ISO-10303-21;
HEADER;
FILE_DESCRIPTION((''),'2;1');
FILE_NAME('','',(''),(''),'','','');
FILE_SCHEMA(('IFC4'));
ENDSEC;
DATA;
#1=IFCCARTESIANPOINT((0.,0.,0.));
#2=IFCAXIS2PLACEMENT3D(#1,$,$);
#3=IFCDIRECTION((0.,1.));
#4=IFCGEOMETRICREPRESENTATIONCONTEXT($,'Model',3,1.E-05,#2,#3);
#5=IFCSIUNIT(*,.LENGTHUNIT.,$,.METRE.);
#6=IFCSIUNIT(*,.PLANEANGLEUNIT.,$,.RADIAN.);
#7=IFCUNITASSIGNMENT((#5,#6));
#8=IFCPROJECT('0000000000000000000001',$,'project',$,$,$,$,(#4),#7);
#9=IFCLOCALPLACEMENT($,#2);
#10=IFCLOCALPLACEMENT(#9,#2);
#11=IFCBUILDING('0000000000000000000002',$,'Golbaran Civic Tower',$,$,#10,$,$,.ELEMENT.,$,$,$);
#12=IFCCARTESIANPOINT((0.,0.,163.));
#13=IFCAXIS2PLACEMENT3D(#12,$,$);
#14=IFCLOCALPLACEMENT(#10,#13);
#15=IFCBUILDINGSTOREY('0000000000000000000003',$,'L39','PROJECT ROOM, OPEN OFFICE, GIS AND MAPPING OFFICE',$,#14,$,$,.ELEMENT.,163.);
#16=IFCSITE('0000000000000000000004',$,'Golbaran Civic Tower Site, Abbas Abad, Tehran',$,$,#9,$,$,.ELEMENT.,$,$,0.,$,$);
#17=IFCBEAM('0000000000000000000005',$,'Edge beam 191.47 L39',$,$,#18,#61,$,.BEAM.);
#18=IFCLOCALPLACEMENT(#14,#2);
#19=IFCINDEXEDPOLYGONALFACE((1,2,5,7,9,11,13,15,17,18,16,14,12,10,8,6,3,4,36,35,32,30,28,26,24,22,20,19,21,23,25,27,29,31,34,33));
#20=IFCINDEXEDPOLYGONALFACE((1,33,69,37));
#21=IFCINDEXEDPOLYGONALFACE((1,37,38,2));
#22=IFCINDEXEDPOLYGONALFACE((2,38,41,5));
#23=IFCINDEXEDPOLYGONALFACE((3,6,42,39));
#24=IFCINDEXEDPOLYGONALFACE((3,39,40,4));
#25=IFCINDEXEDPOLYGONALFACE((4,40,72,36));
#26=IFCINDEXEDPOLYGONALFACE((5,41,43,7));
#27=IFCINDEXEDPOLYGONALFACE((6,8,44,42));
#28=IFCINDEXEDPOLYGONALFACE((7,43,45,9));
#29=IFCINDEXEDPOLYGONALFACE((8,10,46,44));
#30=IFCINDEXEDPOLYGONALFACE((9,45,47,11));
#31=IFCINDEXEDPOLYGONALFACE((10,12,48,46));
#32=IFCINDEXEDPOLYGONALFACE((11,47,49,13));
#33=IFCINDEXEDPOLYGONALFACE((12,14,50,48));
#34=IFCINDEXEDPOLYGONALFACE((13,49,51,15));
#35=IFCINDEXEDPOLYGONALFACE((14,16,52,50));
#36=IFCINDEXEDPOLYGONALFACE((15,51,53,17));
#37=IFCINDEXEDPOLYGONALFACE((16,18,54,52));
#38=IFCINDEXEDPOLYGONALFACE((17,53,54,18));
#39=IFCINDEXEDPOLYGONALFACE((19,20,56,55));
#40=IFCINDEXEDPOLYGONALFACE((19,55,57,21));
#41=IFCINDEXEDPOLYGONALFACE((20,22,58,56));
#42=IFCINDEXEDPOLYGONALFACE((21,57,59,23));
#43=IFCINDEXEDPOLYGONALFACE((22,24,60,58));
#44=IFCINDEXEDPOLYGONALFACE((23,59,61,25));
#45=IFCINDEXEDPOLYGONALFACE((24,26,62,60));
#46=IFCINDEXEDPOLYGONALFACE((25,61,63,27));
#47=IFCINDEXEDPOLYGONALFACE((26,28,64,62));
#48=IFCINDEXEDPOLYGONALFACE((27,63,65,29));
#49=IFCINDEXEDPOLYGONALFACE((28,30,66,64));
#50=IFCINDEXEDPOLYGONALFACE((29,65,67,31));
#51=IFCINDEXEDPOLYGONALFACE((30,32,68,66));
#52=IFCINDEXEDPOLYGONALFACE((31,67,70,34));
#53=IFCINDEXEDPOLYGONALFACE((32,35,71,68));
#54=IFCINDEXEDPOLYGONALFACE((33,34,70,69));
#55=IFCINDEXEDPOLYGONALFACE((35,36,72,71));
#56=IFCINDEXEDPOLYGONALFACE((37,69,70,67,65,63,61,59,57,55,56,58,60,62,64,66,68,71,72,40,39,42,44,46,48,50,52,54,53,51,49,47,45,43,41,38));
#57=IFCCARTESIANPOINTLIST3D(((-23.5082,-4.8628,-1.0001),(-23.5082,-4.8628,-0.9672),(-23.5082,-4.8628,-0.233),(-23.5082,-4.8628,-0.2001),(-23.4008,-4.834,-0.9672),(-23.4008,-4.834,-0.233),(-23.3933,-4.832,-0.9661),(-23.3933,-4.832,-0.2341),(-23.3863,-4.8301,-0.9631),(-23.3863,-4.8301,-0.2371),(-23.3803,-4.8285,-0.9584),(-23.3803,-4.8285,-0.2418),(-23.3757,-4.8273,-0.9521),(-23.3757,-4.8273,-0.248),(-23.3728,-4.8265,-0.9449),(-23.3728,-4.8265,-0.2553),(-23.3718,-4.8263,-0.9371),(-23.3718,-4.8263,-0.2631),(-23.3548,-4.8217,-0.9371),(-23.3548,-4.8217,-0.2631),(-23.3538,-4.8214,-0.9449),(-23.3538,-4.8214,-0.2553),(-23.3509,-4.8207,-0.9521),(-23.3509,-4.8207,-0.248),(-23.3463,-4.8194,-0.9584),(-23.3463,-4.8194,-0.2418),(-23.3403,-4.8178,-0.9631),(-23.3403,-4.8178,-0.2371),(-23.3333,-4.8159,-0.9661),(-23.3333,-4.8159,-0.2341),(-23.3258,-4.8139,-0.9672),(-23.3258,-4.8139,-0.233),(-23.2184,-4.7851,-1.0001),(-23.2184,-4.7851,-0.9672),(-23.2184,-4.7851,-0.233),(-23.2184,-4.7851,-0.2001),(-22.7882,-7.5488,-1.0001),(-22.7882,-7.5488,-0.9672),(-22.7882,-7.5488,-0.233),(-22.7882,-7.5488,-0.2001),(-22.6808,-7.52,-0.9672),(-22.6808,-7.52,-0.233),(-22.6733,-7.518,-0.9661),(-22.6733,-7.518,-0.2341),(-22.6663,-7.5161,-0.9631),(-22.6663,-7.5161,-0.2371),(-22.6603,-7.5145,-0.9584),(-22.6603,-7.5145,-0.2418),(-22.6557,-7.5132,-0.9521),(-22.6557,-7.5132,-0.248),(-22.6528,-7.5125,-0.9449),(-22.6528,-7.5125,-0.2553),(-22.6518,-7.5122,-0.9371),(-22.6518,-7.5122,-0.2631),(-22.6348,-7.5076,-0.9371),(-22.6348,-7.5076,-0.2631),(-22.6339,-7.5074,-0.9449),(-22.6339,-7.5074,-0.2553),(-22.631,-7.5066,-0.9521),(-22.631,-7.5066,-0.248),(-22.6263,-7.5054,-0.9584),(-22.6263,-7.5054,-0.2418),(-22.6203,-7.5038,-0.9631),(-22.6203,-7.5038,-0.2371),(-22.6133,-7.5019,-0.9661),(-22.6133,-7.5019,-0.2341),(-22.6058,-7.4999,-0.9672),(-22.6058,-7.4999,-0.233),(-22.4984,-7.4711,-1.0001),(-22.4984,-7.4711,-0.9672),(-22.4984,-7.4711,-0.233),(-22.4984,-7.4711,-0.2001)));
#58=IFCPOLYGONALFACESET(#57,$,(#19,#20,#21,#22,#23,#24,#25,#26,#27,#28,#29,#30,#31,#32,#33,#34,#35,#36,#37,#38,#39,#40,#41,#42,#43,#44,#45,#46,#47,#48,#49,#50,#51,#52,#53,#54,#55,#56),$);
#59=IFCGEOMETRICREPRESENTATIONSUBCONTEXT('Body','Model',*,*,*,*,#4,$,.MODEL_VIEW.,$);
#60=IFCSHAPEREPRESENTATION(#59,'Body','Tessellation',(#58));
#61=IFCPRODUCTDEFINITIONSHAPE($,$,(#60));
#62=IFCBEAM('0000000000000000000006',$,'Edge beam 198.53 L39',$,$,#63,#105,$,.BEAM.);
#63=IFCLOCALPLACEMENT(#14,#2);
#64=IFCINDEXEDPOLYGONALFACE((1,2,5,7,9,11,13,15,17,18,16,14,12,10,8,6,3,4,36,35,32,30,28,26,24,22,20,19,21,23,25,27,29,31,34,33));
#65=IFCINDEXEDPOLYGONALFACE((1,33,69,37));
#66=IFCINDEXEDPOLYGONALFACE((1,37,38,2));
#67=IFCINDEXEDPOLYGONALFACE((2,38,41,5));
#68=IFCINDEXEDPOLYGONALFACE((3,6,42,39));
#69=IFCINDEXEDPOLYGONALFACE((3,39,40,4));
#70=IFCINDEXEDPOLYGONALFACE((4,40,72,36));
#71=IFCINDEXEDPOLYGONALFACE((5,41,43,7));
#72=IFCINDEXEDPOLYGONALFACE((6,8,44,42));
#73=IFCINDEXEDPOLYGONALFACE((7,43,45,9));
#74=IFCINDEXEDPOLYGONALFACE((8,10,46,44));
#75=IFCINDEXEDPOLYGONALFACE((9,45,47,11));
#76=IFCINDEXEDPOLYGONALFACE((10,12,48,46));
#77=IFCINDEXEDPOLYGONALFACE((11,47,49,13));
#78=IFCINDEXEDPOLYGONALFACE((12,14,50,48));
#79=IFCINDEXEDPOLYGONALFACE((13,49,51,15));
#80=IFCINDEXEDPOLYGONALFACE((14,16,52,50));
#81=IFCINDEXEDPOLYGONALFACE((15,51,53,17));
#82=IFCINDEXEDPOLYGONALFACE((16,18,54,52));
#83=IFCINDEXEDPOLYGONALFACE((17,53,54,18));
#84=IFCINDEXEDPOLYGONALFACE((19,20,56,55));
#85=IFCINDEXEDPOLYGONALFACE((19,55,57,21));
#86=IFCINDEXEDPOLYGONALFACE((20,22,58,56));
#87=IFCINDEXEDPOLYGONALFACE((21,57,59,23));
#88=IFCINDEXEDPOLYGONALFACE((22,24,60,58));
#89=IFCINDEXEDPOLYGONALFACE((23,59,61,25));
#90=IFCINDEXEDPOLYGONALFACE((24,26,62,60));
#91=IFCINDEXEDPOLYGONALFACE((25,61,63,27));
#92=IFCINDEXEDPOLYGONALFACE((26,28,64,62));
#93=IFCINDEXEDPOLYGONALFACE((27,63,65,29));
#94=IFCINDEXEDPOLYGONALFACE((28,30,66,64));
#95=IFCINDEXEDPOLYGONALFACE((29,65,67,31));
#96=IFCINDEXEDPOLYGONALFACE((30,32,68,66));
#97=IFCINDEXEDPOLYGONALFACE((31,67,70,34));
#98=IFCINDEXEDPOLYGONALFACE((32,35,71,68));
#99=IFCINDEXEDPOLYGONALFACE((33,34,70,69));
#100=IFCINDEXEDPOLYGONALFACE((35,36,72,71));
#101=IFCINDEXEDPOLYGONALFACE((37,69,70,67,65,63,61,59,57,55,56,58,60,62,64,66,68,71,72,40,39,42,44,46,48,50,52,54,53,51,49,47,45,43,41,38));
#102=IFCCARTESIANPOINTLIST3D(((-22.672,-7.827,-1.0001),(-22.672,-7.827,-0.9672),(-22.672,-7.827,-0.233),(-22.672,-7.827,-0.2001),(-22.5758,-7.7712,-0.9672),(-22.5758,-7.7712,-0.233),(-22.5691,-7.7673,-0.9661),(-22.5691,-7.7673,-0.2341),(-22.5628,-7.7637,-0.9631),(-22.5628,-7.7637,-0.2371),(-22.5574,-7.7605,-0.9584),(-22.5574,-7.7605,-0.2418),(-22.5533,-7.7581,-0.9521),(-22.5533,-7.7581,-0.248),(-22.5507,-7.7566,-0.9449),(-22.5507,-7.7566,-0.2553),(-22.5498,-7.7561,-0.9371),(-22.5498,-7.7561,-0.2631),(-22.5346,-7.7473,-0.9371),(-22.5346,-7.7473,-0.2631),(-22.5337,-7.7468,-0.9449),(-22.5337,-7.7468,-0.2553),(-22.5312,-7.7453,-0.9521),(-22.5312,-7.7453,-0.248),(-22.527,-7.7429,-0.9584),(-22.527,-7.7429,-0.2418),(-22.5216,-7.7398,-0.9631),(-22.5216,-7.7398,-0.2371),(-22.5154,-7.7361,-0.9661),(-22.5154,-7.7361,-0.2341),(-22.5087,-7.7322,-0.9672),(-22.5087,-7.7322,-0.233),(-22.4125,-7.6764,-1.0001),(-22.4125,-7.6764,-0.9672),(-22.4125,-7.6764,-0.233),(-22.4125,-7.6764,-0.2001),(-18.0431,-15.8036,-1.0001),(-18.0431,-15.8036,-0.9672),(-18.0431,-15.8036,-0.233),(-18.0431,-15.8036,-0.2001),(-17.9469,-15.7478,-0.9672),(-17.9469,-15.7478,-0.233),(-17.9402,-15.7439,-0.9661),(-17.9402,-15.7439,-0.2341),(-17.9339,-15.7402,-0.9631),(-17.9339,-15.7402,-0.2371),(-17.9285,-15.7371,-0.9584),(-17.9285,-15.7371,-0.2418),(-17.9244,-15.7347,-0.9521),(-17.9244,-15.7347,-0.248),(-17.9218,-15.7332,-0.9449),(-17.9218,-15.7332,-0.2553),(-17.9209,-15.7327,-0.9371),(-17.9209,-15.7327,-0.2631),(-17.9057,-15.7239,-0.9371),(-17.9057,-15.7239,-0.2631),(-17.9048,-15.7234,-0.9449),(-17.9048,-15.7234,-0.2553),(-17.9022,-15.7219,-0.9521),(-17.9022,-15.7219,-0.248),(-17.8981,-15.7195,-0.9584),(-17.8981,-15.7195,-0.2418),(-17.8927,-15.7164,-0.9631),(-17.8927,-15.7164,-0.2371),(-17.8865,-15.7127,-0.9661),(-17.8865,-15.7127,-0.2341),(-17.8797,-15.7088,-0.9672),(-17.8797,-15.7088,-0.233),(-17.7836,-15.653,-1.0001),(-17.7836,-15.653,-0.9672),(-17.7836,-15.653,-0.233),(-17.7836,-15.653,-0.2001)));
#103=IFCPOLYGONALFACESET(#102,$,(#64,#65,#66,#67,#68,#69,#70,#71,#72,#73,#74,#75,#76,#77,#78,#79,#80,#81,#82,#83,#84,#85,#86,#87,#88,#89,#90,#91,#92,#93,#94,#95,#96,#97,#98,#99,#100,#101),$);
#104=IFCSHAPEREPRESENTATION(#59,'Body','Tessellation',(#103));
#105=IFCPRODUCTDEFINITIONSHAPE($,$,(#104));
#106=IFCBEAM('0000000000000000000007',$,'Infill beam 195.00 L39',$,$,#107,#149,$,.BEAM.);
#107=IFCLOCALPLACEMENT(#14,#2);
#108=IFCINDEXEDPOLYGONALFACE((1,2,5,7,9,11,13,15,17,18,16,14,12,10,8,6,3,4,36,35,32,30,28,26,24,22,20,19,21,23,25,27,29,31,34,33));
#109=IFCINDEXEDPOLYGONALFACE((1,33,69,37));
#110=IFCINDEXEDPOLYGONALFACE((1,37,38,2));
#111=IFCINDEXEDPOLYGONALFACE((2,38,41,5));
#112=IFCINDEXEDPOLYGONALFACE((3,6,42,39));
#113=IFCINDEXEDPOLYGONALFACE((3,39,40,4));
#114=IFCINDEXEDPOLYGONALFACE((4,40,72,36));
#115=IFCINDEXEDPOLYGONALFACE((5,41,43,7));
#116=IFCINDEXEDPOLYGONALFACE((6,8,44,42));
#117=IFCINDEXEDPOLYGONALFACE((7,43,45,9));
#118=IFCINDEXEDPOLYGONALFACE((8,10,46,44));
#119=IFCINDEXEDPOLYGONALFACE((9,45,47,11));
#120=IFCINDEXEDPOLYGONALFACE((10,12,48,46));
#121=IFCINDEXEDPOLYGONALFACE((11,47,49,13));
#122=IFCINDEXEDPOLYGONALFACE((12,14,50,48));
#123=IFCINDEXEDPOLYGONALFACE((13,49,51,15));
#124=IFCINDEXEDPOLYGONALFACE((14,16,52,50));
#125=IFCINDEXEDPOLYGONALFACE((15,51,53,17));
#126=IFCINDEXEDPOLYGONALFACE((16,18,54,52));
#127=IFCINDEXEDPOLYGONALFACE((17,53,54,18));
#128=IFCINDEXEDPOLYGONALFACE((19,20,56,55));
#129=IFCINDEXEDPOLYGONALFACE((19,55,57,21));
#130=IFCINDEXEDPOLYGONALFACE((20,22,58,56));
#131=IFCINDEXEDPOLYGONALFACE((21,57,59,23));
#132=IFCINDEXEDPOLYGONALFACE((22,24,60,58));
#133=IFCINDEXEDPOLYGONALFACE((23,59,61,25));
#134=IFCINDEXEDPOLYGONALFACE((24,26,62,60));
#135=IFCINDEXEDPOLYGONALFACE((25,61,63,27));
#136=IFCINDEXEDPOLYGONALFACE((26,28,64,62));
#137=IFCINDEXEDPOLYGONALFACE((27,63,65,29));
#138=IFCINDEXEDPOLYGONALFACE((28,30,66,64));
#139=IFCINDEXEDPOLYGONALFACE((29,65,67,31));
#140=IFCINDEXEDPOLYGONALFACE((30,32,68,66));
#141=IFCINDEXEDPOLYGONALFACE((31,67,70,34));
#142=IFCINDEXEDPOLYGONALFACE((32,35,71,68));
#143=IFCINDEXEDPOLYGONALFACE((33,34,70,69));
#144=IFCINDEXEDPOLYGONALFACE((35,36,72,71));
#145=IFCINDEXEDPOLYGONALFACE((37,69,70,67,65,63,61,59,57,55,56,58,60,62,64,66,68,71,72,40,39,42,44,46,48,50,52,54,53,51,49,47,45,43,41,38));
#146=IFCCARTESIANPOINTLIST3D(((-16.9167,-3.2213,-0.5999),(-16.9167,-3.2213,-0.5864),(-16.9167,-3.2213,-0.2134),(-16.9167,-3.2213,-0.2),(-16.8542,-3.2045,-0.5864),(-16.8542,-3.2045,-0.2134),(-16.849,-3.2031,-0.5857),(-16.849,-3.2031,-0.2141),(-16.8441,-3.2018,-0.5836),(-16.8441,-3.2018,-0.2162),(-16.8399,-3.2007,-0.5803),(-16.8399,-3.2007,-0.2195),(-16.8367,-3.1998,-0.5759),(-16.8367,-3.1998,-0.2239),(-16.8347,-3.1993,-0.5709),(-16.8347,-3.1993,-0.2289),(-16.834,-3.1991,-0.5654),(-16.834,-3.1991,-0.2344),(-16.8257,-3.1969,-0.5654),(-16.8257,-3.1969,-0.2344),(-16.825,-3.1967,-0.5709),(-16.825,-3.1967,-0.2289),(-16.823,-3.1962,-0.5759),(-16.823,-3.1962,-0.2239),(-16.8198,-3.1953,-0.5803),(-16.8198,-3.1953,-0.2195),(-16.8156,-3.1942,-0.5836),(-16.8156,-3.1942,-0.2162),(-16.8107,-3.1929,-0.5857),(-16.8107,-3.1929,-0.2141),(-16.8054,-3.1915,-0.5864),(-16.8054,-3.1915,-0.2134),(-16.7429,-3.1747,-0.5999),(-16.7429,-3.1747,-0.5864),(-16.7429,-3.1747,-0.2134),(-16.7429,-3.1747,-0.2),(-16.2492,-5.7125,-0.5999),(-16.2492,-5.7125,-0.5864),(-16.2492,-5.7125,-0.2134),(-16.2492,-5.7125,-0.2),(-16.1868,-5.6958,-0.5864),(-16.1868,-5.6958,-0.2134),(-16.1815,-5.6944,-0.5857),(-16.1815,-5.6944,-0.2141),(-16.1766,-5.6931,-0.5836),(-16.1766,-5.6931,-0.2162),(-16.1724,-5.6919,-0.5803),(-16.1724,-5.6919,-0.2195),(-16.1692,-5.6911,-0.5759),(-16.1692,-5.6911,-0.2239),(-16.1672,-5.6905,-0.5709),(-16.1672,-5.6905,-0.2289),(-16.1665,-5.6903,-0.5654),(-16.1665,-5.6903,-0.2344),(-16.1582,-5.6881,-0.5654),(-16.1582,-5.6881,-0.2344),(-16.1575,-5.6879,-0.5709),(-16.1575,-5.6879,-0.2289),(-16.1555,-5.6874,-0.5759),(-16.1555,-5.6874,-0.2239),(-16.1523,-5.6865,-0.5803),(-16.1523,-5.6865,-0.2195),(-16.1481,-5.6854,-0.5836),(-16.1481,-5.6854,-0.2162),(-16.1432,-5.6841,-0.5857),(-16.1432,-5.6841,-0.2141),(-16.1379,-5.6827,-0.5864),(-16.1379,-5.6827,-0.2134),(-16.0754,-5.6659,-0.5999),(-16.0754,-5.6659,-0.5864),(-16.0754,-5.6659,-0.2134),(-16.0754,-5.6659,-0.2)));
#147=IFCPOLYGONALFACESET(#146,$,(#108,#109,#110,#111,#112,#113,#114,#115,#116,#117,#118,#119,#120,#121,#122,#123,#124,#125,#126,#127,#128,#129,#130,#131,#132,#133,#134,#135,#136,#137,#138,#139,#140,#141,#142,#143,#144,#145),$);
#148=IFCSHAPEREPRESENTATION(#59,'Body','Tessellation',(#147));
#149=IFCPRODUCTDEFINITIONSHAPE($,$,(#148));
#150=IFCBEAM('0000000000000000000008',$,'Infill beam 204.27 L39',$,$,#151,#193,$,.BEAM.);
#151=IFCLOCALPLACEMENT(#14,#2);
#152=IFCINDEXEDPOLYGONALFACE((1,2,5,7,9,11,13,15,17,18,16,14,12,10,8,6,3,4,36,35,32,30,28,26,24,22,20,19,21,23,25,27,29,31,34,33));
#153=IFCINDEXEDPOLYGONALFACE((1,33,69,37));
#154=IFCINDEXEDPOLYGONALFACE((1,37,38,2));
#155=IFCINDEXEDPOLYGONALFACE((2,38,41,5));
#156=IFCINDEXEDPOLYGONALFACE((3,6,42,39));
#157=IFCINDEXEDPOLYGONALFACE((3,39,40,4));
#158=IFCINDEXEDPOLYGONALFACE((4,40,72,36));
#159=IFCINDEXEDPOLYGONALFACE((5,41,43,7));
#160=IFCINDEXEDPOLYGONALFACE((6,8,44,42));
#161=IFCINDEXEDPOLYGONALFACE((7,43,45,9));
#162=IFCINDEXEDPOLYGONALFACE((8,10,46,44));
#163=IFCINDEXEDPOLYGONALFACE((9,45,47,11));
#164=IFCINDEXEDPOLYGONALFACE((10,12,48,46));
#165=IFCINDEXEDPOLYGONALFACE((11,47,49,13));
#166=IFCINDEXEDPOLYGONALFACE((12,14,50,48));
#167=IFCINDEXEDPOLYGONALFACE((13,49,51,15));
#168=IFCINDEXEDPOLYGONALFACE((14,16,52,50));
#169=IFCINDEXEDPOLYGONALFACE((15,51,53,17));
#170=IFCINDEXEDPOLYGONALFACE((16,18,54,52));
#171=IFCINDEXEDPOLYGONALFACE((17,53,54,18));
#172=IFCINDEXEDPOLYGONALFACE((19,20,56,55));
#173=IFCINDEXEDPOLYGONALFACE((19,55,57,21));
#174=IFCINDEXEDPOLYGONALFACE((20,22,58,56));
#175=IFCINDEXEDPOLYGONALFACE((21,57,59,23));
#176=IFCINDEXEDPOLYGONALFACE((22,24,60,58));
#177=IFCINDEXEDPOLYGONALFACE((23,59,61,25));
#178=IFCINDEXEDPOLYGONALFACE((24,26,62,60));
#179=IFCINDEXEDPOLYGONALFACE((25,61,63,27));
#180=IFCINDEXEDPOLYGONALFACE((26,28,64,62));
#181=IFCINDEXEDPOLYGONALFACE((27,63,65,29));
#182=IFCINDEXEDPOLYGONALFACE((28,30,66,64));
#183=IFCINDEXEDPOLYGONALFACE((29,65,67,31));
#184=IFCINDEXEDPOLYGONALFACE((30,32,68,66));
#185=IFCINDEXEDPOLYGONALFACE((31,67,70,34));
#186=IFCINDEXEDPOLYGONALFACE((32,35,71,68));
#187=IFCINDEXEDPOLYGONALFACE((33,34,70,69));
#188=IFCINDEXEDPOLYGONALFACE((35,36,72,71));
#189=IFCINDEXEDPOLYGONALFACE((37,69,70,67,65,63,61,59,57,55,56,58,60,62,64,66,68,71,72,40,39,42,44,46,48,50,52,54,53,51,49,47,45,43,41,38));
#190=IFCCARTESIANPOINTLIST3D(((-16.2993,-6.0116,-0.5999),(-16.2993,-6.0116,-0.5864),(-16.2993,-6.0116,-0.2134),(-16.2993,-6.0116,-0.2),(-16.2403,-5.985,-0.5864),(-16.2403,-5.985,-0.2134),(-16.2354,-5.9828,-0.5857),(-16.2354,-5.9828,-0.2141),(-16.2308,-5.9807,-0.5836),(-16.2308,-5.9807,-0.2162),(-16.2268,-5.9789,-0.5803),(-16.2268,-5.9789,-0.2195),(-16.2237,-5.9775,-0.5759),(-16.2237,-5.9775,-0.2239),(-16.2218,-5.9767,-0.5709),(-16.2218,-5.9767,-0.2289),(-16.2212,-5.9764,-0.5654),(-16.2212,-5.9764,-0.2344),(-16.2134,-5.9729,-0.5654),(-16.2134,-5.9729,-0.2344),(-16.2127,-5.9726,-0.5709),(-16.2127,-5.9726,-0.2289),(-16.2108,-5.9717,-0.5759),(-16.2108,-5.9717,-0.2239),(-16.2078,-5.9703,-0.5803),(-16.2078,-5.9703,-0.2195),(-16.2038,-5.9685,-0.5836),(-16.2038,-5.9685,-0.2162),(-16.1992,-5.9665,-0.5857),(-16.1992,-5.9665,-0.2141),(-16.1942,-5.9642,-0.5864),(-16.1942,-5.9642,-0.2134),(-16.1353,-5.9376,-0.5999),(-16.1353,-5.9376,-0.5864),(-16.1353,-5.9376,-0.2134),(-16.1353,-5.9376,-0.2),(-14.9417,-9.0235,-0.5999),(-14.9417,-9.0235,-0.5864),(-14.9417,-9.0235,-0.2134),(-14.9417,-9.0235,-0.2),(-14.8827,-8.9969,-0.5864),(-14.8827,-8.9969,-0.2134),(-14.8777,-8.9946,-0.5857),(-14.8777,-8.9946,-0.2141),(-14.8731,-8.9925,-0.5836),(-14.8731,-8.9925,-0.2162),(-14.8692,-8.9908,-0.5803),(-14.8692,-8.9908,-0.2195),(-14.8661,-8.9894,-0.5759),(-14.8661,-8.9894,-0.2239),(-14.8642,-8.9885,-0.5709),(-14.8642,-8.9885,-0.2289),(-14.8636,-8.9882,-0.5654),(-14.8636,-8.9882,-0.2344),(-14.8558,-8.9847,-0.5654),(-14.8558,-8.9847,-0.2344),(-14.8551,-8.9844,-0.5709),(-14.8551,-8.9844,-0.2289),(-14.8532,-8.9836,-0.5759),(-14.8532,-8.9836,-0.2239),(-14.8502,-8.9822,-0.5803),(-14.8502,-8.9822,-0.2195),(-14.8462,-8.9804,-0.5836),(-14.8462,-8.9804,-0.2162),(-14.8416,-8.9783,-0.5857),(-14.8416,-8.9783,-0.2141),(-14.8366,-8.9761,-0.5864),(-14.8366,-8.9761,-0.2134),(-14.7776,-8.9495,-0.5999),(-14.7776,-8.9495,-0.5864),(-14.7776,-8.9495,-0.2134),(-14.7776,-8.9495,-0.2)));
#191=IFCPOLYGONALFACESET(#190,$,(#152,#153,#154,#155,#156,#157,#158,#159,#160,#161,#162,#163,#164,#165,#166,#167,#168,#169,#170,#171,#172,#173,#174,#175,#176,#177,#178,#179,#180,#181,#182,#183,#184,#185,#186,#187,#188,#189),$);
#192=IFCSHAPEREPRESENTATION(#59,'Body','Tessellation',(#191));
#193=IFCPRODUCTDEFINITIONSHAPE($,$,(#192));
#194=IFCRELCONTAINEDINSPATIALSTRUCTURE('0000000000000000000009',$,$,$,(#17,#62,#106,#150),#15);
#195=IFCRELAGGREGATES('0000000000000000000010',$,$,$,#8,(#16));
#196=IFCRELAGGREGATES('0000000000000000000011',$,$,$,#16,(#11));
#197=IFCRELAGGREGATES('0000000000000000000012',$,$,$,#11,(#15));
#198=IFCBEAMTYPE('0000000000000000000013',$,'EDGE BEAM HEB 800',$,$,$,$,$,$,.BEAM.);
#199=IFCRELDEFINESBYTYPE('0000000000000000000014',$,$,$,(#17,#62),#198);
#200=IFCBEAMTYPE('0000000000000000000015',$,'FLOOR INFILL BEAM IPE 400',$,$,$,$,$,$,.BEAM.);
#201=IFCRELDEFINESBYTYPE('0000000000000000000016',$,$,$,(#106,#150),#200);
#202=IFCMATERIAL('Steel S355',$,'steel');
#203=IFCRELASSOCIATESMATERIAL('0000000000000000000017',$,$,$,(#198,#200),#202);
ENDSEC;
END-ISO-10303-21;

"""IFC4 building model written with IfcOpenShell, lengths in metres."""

from ifc_helpers import new_model, si_unit, direction, frame, origin, origin_2d, place, context, subcontext, project, spatial, i_section, extrude, material, material_profile, profile_set, type_object, element, save


model = new_model("IFC4")

# Units and contexts
model_context = context("Model", 3, precision=1e-05, world=origin(), true_north=direction((0.0, 1.0)))
body_context = subcontext(model_context, "Body", "Model", "MODEL_VIEW")
ifc_project = project(units=[si_unit("LENGTHUNIT", "METRE"), si_unit("PLANEANGLEUNIT", "RADIAN")], contexts=[model_context])

# Site, building, storey
site_placement = place(None, origin())
site = spatial("IfcSite", under=ifc_project, at=site_placement, Name="Golbaran Civic Tower Site, Abbas Abad, Tehran", CompositionType="ELEMENT", RefElevation=0.0)
building_placement = place(site_placement, origin())
building = spatial("IfcBuilding", under=site, at=building_placement, Name="Golbaran Civic Tower", CompositionType="ELEMENT")
storey_placement = place(building_placement, frame((0.0, 0.0, 163.0)))
storey = spatial("IfcBuildingStorey", under=building, at=storey_placement, Name="L39", Description="PROJECT ROOM, OPEN OFFICE, GIS AND MAPPING OFFICE", CompositionType="ELEMENT", Elevation=163.0)

# Beams
ifc_material_1 = material(Name="Steel S355", Category="steel")
ifc_material_profile_1 = material_profile(ifc_material_1, i_section(OverallWidth=0.3, OverallDepth=0.8, WebThickness=0.0176, FlangeThickness=0.033, FilletRadius=0.03, at=origin_2d()), Name="HEB 800")
ifc_profile_set_1 = profile_set([ifc_material_profile_1], Name="Steel S355")
beam_type_1 = type_object("IfcBeamType", Name="EDGE BEAM HEB 800", PredefinedType="BEAM", material=ifc_profile_set_1)
beam_1_placement = place(storey_placement, frame((-23.3633, -4.824, -0.6001), z_axis=(0.258903, -0.965903, 0.0), x_axis=(0.965903, 0.258903, 0.0)))
element("IfcBeam", 1, at=beam_1_placement, inside=storey, type_object=beam_type_1, Name="Edge beam 191.47 L39", PredefinedType="BEAM", context=body_context, shape_type="SweptSolid", body=[
    extrude(i_section(OverallWidth=0.3, OverallDepth=0.8, WebThickness=0.0176, FlangeThickness=0.033, FilletRadius=0.03, at=origin_2d()), origin(), (0.0, 0.0, 1.0), 2.7808),
])
beam_2_placement = place(storey_placement, frame((-22.5422, -7.7517, -0.6001), z_axis=(0.501921, -0.864914, 0.0), x_axis=(0.864914, 0.501921, 0.0)))
element("IfcBeam", 2, at=beam_2_placement, inside=storey, type_object=beam_type_1, Name="Edge beam 198.53 L39", PredefinedType="BEAM", context=body_context, shape_type="SweptSolid", body=[
    extrude(i_section(OverallWidth=0.3, OverallDepth=0.8, WebThickness=0.0176, FlangeThickness=0.033, FilletRadius=0.03, at=origin_2d()), origin(), (0.0, 0.0, 1.0), 9.2224),
])
ifc_material_profile_2 = material_profile(ifc_material_1, i_section(OverallWidth=0.1799, OverallDepth=0.3999, WebThickness=0.0085, FlangeThickness=0.0134, FilletRadius=0.021, at=origin_2d()), Name="IPE 400")
ifc_profile_set_2 = profile_set([ifc_material_profile_2], Name="Steel S355")
beam_type_2 = type_object("IfcBeamType", Name="FLOOR INFILL BEAM IPE 400", PredefinedType="BEAM", material=ifc_profile_set_2)
beam_3_placement = place(storey_placement, frame((-16.8298, -3.198, -0.3999), z_axis=(0.258805, -0.965929, 0.0), x_axis=(0.965929, 0.258805, 0.0)))
element("IfcBeam", 3, at=beam_3_placement, inside=storey, type_object=beam_type_2, Name="Infill beam 195.00 L39", PredefinedType="BEAM", context=body_context, shape_type="SweptSolid", body=[
    extrude(i_section(OverallWidth=0.1799, OverallDepth=0.3999, WebThickness=0.0085, FlangeThickness=0.0134, FilletRadius=0.021, at=origin_2d()), origin(), (0.0, 0.0, 1.0), 2.5791),
])
beam_4_placement = place(storey_placement, frame((-16.2173, -5.9746, -0.3999), z_axis=(0.410939, -0.911663, 0.0), x_axis=(0.911663, 0.410939, 0.0)))
element("IfcBeam", 4, at=beam_4_placement, inside=storey, type_object=beam_type_2, Name="Infill beam 204.27 L39", PredefinedType="BEAM", context=body_context, shape_type="SweptSolid", body=[
    extrude(i_section(OverallWidth=0.1799, OverallDepth=0.3999, WebThickness=0.0085, FlangeThickness=0.0134, FilletRadius=0.021, at=origin_2d()), origin(), (0.0, 0.0, 1.0), 3.3037),
])

save(model, "model.ifc")
